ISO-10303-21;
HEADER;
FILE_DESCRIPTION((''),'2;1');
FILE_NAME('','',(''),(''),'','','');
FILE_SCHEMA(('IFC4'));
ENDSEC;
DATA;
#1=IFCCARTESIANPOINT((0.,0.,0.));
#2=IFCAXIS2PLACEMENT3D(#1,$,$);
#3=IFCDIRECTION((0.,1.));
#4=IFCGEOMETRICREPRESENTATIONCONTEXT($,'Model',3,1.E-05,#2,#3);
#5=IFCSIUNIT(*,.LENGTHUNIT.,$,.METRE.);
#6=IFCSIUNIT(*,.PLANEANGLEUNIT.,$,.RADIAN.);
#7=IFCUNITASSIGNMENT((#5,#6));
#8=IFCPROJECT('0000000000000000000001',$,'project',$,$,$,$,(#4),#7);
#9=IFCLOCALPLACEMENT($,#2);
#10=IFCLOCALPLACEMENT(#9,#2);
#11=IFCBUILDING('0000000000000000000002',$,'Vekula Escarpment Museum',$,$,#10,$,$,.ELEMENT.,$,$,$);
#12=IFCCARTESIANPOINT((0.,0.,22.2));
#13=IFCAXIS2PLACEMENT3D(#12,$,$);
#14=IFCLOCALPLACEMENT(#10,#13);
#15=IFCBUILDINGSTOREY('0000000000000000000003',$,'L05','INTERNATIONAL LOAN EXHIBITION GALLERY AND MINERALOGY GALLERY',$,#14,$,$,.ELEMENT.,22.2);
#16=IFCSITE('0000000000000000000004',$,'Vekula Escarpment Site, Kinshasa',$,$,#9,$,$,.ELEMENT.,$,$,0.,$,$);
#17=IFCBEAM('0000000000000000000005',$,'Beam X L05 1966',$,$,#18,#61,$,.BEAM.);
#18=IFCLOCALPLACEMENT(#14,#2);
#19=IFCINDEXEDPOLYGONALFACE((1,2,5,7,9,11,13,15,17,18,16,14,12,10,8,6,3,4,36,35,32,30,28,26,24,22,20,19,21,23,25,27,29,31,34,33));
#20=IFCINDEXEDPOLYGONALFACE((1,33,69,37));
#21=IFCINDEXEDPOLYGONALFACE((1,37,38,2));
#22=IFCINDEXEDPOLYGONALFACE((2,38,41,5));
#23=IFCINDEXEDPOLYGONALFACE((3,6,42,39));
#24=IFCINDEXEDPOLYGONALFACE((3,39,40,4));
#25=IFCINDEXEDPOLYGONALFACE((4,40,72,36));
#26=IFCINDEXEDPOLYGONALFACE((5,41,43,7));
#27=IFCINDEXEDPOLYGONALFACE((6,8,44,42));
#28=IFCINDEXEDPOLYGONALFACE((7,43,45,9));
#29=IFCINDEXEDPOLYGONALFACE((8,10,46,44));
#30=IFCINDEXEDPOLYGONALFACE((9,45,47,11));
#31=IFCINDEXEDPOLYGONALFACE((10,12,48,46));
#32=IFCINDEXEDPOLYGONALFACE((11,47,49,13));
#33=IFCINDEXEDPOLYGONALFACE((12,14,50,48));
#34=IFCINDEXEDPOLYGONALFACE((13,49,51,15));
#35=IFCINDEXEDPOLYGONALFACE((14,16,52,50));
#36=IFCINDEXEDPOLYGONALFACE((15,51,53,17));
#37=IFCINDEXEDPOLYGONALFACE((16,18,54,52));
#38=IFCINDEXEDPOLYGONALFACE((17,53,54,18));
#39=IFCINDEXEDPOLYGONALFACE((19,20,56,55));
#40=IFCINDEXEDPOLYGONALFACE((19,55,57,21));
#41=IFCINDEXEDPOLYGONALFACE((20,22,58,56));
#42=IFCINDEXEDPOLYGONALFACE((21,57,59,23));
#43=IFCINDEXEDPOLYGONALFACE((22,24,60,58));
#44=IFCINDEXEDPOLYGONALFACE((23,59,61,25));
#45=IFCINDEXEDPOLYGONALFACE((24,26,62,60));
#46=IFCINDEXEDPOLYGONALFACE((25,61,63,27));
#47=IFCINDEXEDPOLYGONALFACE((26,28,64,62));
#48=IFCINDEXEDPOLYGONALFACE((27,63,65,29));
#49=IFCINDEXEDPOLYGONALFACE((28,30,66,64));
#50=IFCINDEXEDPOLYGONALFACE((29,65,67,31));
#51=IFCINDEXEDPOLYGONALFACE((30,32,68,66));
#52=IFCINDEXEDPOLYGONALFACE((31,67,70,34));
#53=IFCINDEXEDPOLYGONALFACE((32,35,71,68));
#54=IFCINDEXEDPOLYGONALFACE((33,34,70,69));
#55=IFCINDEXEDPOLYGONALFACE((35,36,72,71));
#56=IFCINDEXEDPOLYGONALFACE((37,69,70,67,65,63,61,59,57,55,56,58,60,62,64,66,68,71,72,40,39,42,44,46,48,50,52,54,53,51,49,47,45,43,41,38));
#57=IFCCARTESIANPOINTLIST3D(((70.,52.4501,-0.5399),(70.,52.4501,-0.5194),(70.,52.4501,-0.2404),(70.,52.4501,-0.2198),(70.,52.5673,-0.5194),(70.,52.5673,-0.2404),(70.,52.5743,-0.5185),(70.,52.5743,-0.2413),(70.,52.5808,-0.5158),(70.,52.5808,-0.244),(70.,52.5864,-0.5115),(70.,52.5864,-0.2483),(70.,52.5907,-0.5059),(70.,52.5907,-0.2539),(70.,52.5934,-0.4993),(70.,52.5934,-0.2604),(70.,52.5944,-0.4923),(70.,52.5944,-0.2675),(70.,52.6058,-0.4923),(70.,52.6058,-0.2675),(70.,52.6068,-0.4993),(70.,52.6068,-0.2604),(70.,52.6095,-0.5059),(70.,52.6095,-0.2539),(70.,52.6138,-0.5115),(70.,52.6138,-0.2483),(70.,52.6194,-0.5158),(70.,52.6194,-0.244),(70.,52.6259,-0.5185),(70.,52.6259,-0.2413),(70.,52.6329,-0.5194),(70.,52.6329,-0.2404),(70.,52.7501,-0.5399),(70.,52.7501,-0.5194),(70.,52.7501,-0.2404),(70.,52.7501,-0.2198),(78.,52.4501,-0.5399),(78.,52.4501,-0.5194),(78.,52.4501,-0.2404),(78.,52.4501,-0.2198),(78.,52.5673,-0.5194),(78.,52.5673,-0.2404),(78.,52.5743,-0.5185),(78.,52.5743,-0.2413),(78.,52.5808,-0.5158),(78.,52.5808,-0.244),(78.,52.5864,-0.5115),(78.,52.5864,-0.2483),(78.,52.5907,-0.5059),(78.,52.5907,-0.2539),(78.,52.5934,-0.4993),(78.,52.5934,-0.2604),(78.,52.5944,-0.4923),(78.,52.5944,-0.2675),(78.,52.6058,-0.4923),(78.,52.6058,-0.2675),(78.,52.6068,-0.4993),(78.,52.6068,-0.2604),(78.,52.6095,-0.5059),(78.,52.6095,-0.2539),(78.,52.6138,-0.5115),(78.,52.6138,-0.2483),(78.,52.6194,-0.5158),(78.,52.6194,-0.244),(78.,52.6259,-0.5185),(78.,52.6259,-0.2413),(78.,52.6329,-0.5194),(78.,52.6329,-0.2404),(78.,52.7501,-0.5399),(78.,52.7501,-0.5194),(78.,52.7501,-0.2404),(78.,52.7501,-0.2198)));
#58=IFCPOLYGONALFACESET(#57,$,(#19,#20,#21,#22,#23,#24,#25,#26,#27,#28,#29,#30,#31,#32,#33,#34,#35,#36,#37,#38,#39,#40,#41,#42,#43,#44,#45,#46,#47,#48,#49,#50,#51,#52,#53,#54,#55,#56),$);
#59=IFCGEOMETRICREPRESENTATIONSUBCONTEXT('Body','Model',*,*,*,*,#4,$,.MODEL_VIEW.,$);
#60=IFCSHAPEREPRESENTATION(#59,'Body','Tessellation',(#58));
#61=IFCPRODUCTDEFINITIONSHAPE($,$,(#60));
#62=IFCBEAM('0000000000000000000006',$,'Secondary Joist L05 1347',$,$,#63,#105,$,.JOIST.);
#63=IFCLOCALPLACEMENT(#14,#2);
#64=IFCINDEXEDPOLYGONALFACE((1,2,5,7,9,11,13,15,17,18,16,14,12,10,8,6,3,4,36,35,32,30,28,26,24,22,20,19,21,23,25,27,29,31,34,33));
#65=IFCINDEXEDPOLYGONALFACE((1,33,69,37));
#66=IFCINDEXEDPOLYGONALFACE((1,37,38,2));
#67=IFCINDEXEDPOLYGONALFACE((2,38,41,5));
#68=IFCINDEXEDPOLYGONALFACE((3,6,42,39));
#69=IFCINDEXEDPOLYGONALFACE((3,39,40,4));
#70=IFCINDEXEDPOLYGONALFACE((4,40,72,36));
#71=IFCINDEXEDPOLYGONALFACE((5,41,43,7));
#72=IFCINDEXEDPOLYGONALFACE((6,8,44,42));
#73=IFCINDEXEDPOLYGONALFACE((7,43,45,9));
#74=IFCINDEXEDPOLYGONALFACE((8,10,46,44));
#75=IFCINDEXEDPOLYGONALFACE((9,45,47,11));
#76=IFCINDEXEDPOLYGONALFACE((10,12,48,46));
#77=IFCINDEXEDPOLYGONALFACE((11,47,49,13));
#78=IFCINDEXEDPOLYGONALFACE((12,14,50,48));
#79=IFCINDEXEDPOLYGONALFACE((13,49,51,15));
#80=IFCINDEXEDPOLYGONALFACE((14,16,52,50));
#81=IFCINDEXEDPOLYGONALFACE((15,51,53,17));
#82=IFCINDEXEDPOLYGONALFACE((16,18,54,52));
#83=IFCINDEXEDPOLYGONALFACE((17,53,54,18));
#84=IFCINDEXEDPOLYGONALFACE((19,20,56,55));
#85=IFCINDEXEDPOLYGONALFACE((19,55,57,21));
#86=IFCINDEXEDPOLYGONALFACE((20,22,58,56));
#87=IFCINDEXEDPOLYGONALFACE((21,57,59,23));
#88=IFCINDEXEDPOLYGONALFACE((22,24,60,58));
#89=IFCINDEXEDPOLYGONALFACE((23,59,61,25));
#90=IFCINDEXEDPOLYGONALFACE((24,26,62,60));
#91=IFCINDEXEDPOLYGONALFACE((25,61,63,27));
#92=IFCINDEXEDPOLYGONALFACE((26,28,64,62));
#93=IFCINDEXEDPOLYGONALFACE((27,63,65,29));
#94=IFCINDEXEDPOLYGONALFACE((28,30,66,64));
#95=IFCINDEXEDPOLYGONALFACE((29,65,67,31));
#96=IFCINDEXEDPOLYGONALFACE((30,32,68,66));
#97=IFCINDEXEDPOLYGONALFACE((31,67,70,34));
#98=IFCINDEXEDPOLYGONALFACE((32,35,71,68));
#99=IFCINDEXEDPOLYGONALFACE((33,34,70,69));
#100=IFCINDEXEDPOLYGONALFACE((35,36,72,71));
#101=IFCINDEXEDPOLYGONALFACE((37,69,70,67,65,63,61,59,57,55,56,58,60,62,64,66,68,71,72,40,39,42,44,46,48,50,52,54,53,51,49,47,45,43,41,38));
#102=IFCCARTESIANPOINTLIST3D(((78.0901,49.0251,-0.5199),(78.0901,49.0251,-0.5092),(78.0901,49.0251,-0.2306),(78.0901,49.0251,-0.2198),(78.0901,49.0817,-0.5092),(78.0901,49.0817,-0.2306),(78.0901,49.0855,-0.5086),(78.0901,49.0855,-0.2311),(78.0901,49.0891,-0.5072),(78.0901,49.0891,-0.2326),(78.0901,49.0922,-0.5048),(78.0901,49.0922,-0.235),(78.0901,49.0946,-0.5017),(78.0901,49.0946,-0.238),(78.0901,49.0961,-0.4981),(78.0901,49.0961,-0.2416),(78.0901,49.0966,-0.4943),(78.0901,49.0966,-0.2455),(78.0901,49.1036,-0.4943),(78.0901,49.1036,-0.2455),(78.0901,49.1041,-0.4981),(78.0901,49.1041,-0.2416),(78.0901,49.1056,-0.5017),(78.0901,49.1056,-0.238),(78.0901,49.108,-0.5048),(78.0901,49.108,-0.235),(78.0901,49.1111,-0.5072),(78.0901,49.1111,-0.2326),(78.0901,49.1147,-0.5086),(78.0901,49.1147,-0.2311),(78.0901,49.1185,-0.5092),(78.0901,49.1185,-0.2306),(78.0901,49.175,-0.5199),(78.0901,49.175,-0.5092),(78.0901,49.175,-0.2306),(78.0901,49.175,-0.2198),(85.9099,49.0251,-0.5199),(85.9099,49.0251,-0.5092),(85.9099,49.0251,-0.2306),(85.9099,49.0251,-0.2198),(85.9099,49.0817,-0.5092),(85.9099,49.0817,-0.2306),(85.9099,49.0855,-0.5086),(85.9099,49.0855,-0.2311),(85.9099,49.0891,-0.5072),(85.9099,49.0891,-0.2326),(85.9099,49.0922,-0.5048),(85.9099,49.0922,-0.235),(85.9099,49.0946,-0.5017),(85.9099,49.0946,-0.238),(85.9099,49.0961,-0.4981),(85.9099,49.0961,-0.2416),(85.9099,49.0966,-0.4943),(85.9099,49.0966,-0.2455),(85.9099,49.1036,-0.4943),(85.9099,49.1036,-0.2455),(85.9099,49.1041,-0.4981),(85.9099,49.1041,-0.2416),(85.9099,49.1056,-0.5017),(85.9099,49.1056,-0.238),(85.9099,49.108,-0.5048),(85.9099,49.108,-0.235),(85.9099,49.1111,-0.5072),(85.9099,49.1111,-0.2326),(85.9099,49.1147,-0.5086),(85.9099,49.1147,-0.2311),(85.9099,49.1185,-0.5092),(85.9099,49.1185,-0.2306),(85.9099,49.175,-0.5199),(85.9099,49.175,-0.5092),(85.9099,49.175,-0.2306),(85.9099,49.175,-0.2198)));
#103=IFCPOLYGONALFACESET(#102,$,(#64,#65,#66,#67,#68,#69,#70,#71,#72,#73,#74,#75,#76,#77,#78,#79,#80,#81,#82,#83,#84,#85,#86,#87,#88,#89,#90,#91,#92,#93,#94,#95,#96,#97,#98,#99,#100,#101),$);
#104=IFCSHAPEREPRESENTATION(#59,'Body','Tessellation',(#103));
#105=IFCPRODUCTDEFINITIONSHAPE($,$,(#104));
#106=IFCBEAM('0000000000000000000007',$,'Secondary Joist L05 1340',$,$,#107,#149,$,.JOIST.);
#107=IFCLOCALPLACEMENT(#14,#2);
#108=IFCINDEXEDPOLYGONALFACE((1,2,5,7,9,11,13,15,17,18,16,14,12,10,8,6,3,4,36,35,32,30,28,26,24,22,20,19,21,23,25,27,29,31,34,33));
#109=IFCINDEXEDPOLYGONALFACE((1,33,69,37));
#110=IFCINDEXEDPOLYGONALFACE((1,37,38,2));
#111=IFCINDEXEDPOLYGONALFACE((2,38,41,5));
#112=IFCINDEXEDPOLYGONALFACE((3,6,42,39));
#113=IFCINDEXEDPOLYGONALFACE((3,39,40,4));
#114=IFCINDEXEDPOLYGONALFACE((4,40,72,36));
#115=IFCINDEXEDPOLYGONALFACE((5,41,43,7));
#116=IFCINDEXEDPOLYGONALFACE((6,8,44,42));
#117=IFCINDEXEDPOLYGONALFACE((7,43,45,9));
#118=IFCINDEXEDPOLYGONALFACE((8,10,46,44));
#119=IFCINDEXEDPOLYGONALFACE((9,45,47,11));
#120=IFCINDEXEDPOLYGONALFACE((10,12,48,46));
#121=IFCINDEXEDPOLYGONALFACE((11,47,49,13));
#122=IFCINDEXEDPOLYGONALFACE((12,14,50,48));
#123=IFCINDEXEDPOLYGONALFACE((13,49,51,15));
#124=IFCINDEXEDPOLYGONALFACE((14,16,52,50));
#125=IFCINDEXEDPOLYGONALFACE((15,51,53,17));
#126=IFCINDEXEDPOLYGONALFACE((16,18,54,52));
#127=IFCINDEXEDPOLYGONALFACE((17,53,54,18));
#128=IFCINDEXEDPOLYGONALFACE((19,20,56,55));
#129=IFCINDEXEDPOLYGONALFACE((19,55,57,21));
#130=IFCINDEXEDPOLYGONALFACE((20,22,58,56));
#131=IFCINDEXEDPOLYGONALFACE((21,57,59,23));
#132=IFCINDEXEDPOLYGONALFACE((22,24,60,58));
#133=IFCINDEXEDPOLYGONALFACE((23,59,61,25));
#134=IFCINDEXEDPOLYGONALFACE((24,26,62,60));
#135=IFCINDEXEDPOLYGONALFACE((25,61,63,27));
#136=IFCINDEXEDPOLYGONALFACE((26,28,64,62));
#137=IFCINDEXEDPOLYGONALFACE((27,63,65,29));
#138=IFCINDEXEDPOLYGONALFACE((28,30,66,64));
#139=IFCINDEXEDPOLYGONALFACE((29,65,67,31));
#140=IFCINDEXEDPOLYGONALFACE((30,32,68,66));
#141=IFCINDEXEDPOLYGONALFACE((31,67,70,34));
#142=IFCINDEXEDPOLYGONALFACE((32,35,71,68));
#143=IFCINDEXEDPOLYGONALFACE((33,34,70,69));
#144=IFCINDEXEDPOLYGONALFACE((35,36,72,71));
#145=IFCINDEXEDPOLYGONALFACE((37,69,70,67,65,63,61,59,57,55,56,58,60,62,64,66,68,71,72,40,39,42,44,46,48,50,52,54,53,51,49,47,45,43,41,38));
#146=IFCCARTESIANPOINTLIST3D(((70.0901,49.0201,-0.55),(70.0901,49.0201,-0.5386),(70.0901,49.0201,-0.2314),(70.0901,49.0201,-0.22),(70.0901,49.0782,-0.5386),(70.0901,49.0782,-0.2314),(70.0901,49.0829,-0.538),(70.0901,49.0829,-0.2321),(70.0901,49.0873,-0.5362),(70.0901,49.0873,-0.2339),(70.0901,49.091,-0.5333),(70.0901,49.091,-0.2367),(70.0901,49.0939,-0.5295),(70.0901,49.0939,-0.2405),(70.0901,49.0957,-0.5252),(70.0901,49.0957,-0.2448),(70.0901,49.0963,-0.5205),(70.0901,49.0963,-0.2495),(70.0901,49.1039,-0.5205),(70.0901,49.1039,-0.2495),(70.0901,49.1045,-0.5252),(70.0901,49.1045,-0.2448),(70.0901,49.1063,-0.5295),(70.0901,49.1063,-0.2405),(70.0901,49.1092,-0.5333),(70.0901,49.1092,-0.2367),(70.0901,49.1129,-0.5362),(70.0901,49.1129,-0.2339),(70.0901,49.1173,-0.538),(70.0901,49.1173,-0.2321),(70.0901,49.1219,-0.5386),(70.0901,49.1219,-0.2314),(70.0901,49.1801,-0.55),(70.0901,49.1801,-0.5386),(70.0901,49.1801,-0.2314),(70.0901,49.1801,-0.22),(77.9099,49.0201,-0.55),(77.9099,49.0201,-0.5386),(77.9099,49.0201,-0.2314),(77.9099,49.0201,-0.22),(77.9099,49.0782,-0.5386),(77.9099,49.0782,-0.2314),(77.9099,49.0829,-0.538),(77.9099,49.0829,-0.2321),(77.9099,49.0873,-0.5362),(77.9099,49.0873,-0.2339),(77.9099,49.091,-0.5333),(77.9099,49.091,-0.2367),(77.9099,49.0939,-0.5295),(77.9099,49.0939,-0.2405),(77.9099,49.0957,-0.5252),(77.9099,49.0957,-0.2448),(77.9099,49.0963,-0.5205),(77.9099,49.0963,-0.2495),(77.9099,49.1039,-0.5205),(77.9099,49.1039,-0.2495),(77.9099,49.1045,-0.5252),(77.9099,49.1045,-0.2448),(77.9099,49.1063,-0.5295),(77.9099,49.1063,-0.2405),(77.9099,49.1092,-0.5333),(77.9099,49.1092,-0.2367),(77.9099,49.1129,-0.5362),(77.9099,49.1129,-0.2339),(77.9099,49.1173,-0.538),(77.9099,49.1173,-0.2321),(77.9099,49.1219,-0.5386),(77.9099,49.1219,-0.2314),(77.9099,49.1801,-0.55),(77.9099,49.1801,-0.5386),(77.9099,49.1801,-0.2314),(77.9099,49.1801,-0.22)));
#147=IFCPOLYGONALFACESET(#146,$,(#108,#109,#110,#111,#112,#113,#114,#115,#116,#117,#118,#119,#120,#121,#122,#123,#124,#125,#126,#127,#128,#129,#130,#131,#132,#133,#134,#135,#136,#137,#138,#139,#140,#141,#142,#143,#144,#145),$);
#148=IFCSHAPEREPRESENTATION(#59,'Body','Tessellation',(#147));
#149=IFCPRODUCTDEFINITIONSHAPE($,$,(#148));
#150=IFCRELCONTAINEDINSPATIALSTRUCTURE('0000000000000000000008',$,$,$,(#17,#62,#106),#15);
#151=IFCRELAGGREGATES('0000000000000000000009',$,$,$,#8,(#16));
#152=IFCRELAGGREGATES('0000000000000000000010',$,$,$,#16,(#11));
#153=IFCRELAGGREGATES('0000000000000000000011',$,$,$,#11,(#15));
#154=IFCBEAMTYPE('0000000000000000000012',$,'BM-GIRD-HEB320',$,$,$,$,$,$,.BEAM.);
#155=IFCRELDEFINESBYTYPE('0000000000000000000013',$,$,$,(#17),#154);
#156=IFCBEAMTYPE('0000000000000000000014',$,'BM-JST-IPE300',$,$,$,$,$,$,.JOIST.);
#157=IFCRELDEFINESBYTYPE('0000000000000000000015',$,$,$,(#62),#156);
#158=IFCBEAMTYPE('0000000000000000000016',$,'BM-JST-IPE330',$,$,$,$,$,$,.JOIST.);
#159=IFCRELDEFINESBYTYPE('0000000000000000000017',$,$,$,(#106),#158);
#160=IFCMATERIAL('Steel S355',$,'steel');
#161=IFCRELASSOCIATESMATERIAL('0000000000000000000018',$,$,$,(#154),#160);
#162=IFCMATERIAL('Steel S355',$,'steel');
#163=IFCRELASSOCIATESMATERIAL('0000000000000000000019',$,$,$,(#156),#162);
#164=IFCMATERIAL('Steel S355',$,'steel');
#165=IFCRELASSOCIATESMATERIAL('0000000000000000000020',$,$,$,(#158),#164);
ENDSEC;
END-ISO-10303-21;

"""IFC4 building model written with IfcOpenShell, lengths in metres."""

from ifc_helpers import new_model, si_unit, direction, frame, origin, origin_2d, place, context, subcontext, project, spatial, i_section, extrude, material, material_profile, profile_set, type_object, element, save


model = new_model("IFC4")

# Units and contexts
model_context = context("Model", 3, precision=1e-05, world=origin(), true_north=direction((0.0, 1.0)))
body_context = subcontext(model_context, "Body", "Model", "MODEL_VIEW")
ifc_project = project(units=[si_unit("LENGTHUNIT", "METRE"), si_unit("PLANEANGLEUNIT", "RADIAN")], contexts=[model_context])

# Site, building, storey
site_placement = place(None, origin())
site = spatial("IfcSite", under=ifc_project, at=site_placement, Name="Vekula Escarpment Site, Kinshasa", CompositionType="ELEMENT", RefElevation=0.0)
building_placement = place(site_placement, origin())
building = spatial("IfcBuilding", under=site, at=building_placement, Name="Vekula Escarpment Museum", CompositionType="ELEMENT")
storey_placement = place(building_placement, frame((0.0, 0.0, 22.2)))
storey = spatial("IfcBuildingStorey", under=building, at=storey_placement, Name="L05", Description="INTERNATIONAL LOAN EXHIBITION GALLERY AND MINERALOGY GALLERY", CompositionType="ELEMENT", Elevation=22.2)

# Beams
ifc_material_1 = material(Name="Steel S355", Category="steel")
ifc_material_profile_1 = material_profile(ifc_material_1, i_section(OverallWidth=0.3, OverallDepth=0.3201, WebThickness=0.0115, FlangeThickness=0.0205, FilletRadius=0.0271, at=origin_2d()), Name="HEB 320")
ifc_profile_set_1 = profile_set([ifc_material_profile_1], Name="Steel S355")
beam_type_1 = type_object("IfcBeamType", Name="BM-GIRD-HEB320", PredefinedType="BEAM", material=ifc_profile_set_1)
beam_1_placement = place(storey_placement, frame((70.0, 52.6001, -0.3799), z_axis=(1.0, 0.0, 0.0), x_axis=(0.0, 1.0, 0.0)))
element("IfcBeam", 1, at=beam_1_placement, inside=storey, type_object=beam_type_1, Name="Beam X L05 1966", PredefinedType="BEAM", context=body_context, shape_type="SweptSolid", body=[
    extrude(i_section(OverallWidth=0.3, OverallDepth=0.3201, WebThickness=0.0115, FlangeThickness=0.0205, FilletRadius=0.0271, at=origin_2d()), origin(), (0.0, 0.0, 1.0), 8.0),
])
ifc_material_2 = material(Name="Steel S355", Category="steel")
ifc_material_profile_2 = material_profile(ifc_material_2, i_section(OverallWidth=0.1499, OverallDepth=0.3, WebThickness=0.0071, FlangeThickness=0.0107, FilletRadius=0.0149, at=origin_2d()), Name="IPE 300")
ifc_profile_set_2 = profile_set([ifc_material_profile_2], Name="Steel S355")
beam_type_2 = type_object("IfcBeamType", Name="BM-JST-IPE300", PredefinedType="JOIST", material=ifc_profile_set_2)
beam_2_placement = place(storey_placement, frame((78.0901, 49.1001, -0.3699), z_axis=(1.0, 0.0, 0.0), x_axis=(0.0, 1.0, 0.0)))
element("IfcBeam", 2, at=beam_2_placement, inside=storey, type_object=beam_type_2, Name="Secondary Joist L05 1347", PredefinedType="JOIST", context=body_context, shape_type="SweptSolid", body=[
    extrude(i_section(OverallWidth=0.1499, OverallDepth=0.3, WebThickness=0.0071, FlangeThickness=0.0107, FilletRadius=0.0149, at=origin_2d()), origin(), (0.0, 0.0, 1.0), 7.8198),
])
ifc_material_3 = material(Name="Steel S355", Category="steel")
ifc_material_profile_3 = material_profile(ifc_material_3, i_section(OverallWidth=0.1599, OverallDepth=0.3301, WebThickness=0.0076, FlangeThickness=0.0115, FilletRadius=0.0181, at=origin_2d()), Name="IPE 330")
ifc_profile_set_3 = profile_set([ifc_material_profile_3], Name="Steel S355")
beam_type_3 = type_object("IfcBeamType", Name="BM-JST-IPE330", PredefinedType="JOIST", material=ifc_profile_set_3)
beam_3_placement = place(storey_placement, frame((70.0901, 49.1001, -0.385), z_axis=(1.0, 0.0, 0.0), x_axis=(0.0, 1.0, 0.0)))
element("IfcBeam", 3, at=beam_3_placement, inside=storey, type_object=beam_type_3, Name="Secondary Joist L05 1340", PredefinedType="JOIST", context=body_context, shape_type="SweptSolid", body=[
    extrude(i_section(OverallWidth=0.1599, OverallDepth=0.3301, WebThickness=0.0076, FlangeThickness=0.0115, FilletRadius=0.0181, at=origin_2d()), origin(), (0.0, 0.0, 1.0), 7.8198),
])

save(model, "model.ifc")
